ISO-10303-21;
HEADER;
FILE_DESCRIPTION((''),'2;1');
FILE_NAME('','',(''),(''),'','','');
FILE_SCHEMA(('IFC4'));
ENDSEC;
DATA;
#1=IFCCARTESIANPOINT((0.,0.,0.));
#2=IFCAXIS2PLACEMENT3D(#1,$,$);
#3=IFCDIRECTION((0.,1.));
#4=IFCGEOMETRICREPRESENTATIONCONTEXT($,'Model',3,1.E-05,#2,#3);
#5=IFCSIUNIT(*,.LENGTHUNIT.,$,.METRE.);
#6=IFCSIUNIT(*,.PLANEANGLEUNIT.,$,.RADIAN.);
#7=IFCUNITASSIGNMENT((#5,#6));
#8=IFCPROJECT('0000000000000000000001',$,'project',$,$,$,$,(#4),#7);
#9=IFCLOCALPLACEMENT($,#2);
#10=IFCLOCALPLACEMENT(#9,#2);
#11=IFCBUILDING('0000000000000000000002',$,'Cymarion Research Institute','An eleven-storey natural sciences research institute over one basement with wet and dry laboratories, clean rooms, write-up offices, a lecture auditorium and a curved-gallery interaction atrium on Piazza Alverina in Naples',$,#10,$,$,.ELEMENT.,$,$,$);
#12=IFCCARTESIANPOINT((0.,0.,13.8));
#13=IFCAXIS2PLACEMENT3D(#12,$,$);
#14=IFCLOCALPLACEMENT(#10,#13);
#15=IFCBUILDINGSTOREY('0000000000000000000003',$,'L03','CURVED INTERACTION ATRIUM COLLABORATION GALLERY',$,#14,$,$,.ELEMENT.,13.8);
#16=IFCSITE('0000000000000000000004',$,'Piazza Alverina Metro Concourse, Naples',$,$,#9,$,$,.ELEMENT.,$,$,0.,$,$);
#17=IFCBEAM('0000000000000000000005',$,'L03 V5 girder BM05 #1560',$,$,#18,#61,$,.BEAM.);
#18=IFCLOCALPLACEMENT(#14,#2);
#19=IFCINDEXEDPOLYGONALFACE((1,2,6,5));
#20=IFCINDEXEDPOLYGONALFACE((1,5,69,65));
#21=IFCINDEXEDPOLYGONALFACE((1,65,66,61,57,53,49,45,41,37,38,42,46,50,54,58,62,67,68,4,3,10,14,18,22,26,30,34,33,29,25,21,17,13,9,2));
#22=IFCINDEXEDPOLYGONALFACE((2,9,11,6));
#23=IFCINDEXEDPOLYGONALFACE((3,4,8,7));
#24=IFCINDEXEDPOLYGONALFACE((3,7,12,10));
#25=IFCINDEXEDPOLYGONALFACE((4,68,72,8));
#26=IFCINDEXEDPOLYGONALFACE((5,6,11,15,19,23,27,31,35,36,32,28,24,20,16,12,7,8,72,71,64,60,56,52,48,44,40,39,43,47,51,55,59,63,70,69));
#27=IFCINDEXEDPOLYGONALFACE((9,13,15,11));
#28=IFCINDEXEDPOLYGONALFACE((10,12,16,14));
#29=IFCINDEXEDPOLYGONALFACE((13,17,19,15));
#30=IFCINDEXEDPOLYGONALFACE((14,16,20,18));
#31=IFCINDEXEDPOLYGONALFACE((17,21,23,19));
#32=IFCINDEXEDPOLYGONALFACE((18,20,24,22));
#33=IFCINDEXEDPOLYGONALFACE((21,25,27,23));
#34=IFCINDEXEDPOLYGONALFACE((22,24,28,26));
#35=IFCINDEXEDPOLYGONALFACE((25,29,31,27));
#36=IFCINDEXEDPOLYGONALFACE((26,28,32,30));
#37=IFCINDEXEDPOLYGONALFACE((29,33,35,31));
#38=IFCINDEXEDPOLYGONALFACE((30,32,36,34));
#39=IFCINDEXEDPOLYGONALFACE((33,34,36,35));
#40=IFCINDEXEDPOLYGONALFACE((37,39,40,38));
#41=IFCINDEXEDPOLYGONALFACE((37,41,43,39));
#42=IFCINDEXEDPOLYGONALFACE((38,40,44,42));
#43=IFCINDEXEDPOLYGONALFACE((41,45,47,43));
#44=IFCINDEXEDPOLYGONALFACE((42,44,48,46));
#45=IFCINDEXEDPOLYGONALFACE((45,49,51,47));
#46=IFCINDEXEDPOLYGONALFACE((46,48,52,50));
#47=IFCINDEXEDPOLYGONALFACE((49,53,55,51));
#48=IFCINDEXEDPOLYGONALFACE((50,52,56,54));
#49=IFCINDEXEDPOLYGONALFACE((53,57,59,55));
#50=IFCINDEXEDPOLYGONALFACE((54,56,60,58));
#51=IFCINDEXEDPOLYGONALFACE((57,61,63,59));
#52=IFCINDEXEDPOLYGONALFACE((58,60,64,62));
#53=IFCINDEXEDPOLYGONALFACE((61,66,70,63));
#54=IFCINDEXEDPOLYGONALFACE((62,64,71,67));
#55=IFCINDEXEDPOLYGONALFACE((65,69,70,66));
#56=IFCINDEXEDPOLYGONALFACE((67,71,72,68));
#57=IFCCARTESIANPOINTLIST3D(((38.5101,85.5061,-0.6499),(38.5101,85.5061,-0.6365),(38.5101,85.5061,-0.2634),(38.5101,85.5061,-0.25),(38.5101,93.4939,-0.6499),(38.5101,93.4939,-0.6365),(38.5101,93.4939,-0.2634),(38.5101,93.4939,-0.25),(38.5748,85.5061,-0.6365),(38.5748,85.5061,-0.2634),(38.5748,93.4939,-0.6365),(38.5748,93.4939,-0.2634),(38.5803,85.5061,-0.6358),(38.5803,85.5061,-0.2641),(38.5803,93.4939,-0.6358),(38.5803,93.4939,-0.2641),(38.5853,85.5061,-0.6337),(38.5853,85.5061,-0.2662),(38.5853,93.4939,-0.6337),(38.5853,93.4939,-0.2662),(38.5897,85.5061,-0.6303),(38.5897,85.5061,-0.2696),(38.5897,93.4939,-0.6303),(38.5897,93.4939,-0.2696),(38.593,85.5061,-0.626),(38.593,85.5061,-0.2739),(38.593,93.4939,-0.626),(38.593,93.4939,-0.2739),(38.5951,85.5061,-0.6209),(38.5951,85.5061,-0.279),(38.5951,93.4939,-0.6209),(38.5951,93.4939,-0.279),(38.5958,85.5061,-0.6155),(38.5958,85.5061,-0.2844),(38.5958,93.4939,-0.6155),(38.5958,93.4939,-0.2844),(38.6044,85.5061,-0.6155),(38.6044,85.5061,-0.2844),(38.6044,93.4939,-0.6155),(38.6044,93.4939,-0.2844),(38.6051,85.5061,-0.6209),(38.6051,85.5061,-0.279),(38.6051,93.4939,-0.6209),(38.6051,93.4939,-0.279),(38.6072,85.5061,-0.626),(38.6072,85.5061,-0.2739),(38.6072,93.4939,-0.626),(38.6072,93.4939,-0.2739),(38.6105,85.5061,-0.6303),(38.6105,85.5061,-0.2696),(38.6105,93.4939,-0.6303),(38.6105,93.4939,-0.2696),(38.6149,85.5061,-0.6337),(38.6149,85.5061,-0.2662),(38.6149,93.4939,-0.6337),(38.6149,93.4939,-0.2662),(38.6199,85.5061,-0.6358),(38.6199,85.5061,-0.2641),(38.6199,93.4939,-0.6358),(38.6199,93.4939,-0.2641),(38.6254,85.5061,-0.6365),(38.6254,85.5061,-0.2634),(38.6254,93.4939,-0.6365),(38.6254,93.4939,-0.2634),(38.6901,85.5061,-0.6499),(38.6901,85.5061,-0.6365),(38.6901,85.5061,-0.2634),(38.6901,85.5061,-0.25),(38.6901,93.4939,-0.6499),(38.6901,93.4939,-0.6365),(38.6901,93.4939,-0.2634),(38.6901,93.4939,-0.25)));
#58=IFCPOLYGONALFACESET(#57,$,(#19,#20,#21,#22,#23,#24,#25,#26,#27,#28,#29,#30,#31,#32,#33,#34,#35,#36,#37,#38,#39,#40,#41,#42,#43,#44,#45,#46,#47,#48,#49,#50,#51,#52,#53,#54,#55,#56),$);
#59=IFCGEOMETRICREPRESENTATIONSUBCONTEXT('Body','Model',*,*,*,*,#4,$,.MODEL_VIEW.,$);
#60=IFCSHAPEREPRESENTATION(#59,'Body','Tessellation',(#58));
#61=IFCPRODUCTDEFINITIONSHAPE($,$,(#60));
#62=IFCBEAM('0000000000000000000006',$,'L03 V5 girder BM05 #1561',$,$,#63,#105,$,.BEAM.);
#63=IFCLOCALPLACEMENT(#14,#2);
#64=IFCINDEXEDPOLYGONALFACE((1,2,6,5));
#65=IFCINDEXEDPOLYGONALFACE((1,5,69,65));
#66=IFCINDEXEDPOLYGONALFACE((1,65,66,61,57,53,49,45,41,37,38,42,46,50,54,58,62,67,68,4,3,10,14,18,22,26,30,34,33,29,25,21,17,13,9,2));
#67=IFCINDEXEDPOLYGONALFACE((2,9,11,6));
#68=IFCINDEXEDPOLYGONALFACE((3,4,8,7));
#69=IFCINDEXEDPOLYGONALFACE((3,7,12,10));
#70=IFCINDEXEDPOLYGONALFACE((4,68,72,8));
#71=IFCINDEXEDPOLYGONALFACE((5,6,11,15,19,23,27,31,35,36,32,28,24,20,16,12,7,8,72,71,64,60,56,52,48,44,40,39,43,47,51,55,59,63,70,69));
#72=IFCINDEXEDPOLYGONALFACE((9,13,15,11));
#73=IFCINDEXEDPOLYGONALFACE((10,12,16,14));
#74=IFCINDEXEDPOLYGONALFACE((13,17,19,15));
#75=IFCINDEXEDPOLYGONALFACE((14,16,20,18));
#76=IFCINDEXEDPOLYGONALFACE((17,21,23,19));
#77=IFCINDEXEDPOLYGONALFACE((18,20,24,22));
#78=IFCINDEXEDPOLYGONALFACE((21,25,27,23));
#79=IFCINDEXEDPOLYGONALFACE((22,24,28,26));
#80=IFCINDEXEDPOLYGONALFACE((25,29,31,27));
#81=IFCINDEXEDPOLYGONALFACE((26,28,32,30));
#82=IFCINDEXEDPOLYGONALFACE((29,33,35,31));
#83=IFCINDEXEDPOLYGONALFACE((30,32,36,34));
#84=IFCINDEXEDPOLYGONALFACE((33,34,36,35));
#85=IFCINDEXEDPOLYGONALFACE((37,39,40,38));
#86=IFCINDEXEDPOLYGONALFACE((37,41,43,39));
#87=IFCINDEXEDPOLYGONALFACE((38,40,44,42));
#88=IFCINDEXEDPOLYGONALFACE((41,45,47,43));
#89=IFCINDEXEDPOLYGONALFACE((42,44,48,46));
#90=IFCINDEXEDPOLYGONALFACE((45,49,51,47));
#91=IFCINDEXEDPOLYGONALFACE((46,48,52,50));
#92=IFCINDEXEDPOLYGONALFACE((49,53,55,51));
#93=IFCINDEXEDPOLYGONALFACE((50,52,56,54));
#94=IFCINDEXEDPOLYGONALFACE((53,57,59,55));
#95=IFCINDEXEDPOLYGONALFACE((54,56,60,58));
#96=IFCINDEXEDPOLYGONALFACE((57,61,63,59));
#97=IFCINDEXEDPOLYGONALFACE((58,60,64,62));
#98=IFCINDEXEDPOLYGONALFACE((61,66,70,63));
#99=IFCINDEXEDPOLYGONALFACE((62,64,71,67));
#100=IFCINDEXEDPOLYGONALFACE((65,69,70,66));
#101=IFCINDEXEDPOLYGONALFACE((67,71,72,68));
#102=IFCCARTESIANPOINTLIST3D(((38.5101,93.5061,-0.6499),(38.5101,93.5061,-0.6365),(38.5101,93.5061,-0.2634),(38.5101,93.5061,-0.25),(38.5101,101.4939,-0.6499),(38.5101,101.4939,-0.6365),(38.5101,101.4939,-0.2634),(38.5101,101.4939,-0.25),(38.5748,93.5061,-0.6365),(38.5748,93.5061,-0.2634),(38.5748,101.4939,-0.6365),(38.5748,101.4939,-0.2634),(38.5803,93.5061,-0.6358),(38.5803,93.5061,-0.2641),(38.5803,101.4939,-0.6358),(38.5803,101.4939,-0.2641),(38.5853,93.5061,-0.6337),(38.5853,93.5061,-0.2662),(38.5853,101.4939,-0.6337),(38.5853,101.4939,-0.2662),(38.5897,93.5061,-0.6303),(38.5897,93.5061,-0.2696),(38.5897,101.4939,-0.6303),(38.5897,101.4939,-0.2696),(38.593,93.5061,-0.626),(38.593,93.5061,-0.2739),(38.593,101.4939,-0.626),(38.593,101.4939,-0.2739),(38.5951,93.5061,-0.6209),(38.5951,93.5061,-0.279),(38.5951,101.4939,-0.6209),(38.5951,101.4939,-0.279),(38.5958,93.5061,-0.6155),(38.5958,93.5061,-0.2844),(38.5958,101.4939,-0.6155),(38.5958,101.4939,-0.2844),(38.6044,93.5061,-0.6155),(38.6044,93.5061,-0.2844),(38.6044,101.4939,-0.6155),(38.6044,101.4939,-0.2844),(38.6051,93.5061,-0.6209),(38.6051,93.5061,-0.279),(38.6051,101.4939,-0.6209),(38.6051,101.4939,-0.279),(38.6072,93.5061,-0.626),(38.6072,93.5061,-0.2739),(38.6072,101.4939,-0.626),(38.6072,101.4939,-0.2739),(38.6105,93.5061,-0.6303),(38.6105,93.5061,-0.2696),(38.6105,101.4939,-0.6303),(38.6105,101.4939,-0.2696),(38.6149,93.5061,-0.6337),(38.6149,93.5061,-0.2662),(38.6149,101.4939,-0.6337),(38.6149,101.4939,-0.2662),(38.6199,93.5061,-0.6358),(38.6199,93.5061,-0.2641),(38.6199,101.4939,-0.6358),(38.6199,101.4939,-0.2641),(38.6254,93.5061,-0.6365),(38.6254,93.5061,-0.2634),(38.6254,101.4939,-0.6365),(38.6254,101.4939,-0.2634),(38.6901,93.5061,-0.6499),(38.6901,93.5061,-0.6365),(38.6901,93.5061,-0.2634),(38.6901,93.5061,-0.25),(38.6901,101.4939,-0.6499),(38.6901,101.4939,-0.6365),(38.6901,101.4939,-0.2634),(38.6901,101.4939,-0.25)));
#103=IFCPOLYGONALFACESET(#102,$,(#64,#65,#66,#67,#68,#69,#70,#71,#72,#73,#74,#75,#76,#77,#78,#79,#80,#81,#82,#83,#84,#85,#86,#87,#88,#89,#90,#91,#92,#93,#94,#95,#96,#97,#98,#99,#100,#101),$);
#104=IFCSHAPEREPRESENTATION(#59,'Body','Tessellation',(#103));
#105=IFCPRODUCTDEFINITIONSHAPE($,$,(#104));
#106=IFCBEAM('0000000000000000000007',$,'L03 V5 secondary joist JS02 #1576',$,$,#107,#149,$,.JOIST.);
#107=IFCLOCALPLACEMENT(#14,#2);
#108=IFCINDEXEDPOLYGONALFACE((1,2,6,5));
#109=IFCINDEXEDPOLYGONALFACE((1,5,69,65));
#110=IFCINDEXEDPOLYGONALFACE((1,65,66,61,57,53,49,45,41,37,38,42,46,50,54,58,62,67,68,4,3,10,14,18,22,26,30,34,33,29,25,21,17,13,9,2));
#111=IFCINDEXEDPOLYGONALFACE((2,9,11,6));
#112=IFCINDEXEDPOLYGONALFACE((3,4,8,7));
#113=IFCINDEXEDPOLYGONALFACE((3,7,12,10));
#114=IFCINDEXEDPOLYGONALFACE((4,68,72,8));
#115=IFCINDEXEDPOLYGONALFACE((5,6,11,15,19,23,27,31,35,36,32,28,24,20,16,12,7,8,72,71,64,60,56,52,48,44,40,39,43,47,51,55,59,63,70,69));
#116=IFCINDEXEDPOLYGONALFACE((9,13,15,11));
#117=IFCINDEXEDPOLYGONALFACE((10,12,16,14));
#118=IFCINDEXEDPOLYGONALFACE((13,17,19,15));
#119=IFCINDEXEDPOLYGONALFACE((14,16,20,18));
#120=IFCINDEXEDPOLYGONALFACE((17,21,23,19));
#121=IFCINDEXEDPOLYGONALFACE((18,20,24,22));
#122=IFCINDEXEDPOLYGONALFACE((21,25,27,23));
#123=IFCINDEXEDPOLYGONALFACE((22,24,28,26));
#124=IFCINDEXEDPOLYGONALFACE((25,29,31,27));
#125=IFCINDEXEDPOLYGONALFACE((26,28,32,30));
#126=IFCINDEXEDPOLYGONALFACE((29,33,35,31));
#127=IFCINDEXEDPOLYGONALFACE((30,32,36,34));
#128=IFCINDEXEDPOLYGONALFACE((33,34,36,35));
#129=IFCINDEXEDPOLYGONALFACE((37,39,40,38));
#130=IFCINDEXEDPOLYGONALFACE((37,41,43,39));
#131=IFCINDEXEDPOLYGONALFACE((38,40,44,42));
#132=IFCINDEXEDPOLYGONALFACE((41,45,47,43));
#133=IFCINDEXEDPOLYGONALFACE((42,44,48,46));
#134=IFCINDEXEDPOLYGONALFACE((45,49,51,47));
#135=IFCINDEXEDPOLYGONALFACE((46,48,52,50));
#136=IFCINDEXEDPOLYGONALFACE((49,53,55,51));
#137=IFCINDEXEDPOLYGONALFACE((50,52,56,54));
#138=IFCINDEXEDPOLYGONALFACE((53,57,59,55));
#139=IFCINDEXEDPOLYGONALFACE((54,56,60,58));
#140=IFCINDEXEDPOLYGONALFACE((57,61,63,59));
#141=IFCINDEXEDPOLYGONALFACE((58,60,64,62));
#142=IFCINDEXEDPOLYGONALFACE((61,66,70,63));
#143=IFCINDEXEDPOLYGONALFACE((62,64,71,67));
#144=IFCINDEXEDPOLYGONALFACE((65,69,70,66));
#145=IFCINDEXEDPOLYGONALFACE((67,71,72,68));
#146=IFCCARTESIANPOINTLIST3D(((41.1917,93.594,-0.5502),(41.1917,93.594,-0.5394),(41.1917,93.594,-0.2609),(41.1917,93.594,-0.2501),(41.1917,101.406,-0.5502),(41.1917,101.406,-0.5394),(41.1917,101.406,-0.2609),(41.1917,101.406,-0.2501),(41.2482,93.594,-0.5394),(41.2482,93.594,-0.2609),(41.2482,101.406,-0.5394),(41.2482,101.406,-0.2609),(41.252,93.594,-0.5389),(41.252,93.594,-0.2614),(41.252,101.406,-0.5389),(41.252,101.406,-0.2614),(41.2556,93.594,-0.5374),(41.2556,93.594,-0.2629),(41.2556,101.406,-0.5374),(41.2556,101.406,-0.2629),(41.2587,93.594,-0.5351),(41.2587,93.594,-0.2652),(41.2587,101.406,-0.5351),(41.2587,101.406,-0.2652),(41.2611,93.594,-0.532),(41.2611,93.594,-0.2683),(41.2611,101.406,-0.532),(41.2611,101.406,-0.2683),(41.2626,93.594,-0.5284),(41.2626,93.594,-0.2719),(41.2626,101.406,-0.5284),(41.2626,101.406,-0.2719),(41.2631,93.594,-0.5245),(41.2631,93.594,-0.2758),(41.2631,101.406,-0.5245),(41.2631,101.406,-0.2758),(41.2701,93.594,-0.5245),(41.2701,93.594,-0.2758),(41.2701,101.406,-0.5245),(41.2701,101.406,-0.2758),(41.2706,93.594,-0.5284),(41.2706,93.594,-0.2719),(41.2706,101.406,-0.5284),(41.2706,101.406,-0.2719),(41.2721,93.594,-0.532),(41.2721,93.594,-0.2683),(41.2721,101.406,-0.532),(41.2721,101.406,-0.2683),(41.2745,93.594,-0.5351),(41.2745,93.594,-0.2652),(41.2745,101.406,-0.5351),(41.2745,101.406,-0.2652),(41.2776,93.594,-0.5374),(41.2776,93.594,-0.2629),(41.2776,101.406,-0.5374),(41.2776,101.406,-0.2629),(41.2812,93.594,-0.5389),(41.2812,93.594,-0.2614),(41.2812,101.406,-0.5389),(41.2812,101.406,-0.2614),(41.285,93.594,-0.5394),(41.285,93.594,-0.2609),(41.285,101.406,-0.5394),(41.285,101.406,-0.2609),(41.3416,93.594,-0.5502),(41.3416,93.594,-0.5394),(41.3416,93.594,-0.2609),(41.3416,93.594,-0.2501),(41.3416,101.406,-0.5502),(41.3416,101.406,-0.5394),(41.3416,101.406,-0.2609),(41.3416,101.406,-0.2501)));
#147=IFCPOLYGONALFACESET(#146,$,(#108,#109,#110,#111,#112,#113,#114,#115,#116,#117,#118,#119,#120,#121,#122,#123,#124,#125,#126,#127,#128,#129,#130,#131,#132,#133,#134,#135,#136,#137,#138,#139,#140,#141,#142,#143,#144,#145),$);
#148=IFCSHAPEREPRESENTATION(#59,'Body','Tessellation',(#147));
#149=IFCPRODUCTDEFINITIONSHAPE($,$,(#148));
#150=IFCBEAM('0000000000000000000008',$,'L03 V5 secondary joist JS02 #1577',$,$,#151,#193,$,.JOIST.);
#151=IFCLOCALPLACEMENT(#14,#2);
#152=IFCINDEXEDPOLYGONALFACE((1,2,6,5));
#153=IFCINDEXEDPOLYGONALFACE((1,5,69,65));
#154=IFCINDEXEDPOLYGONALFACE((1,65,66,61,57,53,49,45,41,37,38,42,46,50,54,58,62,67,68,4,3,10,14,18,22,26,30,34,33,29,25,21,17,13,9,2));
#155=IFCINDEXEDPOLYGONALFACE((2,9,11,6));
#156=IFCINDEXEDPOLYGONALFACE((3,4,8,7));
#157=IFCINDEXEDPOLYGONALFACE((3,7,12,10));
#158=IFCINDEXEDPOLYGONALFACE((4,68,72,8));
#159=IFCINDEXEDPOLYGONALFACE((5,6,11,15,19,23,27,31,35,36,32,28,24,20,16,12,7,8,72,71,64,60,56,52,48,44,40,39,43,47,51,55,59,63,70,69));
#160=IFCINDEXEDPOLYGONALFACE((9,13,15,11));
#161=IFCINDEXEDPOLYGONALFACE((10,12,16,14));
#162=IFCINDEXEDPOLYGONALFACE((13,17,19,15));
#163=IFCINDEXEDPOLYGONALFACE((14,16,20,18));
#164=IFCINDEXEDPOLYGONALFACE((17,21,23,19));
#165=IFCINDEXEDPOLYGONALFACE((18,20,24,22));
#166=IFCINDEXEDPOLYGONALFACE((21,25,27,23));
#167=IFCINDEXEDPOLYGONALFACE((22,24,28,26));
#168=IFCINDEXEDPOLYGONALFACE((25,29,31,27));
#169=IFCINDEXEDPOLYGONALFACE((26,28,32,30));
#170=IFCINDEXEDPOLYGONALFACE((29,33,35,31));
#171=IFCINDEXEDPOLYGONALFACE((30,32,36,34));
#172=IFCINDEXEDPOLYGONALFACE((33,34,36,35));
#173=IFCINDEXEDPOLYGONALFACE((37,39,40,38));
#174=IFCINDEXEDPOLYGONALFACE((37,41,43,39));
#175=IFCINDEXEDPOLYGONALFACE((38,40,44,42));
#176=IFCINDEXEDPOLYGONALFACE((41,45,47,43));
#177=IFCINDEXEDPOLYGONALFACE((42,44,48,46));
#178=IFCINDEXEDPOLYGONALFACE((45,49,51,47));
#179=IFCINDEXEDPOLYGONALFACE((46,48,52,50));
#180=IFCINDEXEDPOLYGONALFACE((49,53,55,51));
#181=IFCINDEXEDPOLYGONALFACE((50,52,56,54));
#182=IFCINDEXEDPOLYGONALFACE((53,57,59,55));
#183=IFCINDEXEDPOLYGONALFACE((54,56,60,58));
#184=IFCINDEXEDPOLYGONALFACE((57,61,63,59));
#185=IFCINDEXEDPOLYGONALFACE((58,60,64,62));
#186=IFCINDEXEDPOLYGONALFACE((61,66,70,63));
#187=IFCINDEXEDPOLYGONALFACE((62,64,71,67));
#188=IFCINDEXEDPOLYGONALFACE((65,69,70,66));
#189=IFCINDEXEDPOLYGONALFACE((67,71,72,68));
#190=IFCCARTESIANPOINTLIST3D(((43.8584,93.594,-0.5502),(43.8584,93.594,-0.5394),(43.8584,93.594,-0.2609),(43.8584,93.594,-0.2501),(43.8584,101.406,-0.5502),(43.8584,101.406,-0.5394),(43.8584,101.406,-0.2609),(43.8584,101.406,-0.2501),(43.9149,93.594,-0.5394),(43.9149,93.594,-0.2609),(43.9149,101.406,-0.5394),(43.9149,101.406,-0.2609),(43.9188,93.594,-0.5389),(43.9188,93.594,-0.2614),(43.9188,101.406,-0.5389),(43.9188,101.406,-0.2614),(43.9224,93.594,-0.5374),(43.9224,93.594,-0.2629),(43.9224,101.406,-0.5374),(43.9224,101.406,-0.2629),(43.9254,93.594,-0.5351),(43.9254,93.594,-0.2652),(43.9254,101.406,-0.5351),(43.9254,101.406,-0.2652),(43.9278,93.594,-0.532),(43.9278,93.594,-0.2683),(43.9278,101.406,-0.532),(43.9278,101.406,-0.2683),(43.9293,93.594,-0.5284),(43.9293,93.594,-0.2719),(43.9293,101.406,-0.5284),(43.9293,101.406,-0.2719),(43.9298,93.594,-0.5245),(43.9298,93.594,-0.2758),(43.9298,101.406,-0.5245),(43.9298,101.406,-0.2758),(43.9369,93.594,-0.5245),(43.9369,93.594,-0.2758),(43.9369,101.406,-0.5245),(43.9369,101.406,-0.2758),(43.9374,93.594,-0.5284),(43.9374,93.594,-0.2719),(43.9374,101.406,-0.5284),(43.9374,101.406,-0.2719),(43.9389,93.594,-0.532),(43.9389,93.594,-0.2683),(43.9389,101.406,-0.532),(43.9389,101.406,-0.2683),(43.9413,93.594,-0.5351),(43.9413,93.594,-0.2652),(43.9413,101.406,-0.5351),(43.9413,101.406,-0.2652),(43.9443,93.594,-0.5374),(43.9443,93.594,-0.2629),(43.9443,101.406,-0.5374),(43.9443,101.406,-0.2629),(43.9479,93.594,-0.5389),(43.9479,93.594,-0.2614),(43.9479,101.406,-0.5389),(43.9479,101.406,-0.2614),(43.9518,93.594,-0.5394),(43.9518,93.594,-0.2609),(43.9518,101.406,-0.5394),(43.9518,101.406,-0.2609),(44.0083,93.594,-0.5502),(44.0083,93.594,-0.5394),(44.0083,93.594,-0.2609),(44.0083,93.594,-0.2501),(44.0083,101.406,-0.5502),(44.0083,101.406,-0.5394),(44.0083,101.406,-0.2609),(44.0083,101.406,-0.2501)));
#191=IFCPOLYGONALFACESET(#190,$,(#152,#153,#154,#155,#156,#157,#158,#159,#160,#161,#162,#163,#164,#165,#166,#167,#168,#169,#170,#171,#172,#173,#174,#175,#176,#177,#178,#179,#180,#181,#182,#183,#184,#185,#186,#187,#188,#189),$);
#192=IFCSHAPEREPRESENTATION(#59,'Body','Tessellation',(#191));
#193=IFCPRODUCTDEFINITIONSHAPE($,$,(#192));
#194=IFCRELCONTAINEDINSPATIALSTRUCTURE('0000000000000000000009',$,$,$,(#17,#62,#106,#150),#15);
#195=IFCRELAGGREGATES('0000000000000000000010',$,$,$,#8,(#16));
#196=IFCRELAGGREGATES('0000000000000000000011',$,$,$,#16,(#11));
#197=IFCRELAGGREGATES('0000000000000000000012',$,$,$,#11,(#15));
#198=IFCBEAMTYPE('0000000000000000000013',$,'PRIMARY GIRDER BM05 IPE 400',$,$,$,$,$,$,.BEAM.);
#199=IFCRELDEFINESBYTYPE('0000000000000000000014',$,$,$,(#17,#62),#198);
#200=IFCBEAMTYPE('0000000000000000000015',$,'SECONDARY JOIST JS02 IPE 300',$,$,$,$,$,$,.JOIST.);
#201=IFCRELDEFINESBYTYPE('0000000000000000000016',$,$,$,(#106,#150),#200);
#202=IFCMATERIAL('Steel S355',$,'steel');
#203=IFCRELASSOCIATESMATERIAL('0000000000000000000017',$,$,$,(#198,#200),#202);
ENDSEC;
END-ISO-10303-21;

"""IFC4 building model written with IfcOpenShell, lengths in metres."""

from ifc_helpers import new_model, si_unit, direction, frame, origin, origin_2d, place, context, subcontext, project, spatial, i_section, extrude, material, material_profile, profile_set, type_object, element, save


model = new_model("IFC4")

# Units and contexts
model_context = context("Model", 3, precision=1e-05, world=origin(), true_north=direction((0.0, 1.0)))
body_context = subcontext(model_context, "Body", "Model", "MODEL_VIEW")
ifc_project = project(units=[si_unit("LENGTHUNIT", "METRE"), si_unit("PLANEANGLEUNIT", "RADIAN")], contexts=[model_context])

# Site, building, storey
site_placement = place(None, origin())
site = spatial("IfcSite", under=ifc_project, at=site_placement, Name="Piazza Alverina Metro Concourse, Naples", CompositionType="ELEMENT", RefElevation=0.0)
building_placement = place(site_placement, origin())
building = spatial("IfcBuilding", under=site, at=building_placement, Name="Cymarion Research Institute", Description="An eleven-storey natural sciences research institute over one basement with wet and dry laboratories, clean rooms, write-up offices, a lecture auditorium and a curved-gallery interaction atrium on Piazza Alverina in Naples", CompositionType="ELEMENT")
storey_placement = place(building_placement, frame((0.0, 0.0, 13.8)))
storey = spatial("IfcBuildingStorey", under=building, at=storey_placement, Name="L03", Description="CURVED INTERACTION ATRIUM COLLABORATION GALLERY", CompositionType="ELEMENT", Elevation=13.8)

# Shared definitions
ifc_material_1 = material(Name="Steel S355", Category="steel")

# Beams
ifc_material_profile_1 = material_profile(ifc_material_1, i_section(OverallWidth=0.1799, OverallDepth=0.3999, WebThickness=0.0085, FlangeThickness=0.0134, FilletRadius=0.021, at=origin_2d()), Name="IPE 400")
ifc_profile_set_1 = profile_set([ifc_material_profile_1], Name="Steel S355")
beam_type_1 = type_object("IfcBeamType", Name="PRIMARY GIRDER BM05 IPE 400", PredefinedType="BEAM", material=ifc_profile_set_1)
for number, where, z_axis, x_axis, name in (
    (1, (38.6001, 85.5061, -0.45), (0.0, 1.0, 0.0), (-1.0, 0.0, 0.0), "L03 V5 girder BM05 #1560"),
    (2, (38.6001, 93.5061, -0.45), (0.0, 1.0, 0.0), (-1.0, 0.0, 0.0), "L03 V5 girder BM05 #1561"),
):
    element("IfcBeam", number, at=place(storey_placement, frame(where, z_axis=z_axis, x_axis=x_axis)), inside=storey, type_object=beam_type_1, Name=name, PredefinedType="BEAM", context=body_context, shape_type="SweptSolid", body=[
        extrude(i_section(OverallWidth=0.1799, OverallDepth=0.3999, WebThickness=0.0085, FlangeThickness=0.0134, FilletRadius=0.021, at=origin_2d()), origin(), (0.0, 0.0, 1.0), 7.9878),
    ])
ifc_material_profile_2 = material_profile(ifc_material_1, i_section(OverallWidth=0.1499, OverallDepth=0.3, WebThickness=0.0071, FlangeThickness=0.0107, FilletRadius=0.0149, at=origin_2d()), Name="IPE 300")
ifc_profile_set_2 = profile_set([ifc_material_profile_2], Name="Steel S355")
beam_type_2 = type_object("IfcBeamType", Name="SECONDARY JOIST JS02 IPE 300", PredefinedType="JOIST", material=ifc_profile_set_2)
for number, where, z_axis, x_axis, name in (
    (3, (41.2666, 93.594, -0.4001), (0.0, 1.0, 0.0), (-1.0, 0.0, 0.0), "L03 V5 secondary joist JS02 #1576"),
    (4, (43.9333, 93.594, -0.4001), (0.0, 1.0, 0.0), (-1.0, 0.0, 0.0), "L03 V5 secondary joist JS02 #1577"),
):
    element("IfcBeam", number, at=place(storey_placement, frame(where, z_axis=z_axis, x_axis=x_axis)), inside=storey, type_object=beam_type_2, Name=name, PredefinedType="JOIST", context=body_context, shape_type="SweptSolid", body=[
        extrude(i_section(OverallWidth=0.1499, OverallDepth=0.3, WebThickness=0.0071, FlangeThickness=0.0107, FilletRadius=0.0149, at=origin_2d()), origin(), (0.0, 0.0, 1.0), 7.812),
    ])

save(model, "model.ifc")
